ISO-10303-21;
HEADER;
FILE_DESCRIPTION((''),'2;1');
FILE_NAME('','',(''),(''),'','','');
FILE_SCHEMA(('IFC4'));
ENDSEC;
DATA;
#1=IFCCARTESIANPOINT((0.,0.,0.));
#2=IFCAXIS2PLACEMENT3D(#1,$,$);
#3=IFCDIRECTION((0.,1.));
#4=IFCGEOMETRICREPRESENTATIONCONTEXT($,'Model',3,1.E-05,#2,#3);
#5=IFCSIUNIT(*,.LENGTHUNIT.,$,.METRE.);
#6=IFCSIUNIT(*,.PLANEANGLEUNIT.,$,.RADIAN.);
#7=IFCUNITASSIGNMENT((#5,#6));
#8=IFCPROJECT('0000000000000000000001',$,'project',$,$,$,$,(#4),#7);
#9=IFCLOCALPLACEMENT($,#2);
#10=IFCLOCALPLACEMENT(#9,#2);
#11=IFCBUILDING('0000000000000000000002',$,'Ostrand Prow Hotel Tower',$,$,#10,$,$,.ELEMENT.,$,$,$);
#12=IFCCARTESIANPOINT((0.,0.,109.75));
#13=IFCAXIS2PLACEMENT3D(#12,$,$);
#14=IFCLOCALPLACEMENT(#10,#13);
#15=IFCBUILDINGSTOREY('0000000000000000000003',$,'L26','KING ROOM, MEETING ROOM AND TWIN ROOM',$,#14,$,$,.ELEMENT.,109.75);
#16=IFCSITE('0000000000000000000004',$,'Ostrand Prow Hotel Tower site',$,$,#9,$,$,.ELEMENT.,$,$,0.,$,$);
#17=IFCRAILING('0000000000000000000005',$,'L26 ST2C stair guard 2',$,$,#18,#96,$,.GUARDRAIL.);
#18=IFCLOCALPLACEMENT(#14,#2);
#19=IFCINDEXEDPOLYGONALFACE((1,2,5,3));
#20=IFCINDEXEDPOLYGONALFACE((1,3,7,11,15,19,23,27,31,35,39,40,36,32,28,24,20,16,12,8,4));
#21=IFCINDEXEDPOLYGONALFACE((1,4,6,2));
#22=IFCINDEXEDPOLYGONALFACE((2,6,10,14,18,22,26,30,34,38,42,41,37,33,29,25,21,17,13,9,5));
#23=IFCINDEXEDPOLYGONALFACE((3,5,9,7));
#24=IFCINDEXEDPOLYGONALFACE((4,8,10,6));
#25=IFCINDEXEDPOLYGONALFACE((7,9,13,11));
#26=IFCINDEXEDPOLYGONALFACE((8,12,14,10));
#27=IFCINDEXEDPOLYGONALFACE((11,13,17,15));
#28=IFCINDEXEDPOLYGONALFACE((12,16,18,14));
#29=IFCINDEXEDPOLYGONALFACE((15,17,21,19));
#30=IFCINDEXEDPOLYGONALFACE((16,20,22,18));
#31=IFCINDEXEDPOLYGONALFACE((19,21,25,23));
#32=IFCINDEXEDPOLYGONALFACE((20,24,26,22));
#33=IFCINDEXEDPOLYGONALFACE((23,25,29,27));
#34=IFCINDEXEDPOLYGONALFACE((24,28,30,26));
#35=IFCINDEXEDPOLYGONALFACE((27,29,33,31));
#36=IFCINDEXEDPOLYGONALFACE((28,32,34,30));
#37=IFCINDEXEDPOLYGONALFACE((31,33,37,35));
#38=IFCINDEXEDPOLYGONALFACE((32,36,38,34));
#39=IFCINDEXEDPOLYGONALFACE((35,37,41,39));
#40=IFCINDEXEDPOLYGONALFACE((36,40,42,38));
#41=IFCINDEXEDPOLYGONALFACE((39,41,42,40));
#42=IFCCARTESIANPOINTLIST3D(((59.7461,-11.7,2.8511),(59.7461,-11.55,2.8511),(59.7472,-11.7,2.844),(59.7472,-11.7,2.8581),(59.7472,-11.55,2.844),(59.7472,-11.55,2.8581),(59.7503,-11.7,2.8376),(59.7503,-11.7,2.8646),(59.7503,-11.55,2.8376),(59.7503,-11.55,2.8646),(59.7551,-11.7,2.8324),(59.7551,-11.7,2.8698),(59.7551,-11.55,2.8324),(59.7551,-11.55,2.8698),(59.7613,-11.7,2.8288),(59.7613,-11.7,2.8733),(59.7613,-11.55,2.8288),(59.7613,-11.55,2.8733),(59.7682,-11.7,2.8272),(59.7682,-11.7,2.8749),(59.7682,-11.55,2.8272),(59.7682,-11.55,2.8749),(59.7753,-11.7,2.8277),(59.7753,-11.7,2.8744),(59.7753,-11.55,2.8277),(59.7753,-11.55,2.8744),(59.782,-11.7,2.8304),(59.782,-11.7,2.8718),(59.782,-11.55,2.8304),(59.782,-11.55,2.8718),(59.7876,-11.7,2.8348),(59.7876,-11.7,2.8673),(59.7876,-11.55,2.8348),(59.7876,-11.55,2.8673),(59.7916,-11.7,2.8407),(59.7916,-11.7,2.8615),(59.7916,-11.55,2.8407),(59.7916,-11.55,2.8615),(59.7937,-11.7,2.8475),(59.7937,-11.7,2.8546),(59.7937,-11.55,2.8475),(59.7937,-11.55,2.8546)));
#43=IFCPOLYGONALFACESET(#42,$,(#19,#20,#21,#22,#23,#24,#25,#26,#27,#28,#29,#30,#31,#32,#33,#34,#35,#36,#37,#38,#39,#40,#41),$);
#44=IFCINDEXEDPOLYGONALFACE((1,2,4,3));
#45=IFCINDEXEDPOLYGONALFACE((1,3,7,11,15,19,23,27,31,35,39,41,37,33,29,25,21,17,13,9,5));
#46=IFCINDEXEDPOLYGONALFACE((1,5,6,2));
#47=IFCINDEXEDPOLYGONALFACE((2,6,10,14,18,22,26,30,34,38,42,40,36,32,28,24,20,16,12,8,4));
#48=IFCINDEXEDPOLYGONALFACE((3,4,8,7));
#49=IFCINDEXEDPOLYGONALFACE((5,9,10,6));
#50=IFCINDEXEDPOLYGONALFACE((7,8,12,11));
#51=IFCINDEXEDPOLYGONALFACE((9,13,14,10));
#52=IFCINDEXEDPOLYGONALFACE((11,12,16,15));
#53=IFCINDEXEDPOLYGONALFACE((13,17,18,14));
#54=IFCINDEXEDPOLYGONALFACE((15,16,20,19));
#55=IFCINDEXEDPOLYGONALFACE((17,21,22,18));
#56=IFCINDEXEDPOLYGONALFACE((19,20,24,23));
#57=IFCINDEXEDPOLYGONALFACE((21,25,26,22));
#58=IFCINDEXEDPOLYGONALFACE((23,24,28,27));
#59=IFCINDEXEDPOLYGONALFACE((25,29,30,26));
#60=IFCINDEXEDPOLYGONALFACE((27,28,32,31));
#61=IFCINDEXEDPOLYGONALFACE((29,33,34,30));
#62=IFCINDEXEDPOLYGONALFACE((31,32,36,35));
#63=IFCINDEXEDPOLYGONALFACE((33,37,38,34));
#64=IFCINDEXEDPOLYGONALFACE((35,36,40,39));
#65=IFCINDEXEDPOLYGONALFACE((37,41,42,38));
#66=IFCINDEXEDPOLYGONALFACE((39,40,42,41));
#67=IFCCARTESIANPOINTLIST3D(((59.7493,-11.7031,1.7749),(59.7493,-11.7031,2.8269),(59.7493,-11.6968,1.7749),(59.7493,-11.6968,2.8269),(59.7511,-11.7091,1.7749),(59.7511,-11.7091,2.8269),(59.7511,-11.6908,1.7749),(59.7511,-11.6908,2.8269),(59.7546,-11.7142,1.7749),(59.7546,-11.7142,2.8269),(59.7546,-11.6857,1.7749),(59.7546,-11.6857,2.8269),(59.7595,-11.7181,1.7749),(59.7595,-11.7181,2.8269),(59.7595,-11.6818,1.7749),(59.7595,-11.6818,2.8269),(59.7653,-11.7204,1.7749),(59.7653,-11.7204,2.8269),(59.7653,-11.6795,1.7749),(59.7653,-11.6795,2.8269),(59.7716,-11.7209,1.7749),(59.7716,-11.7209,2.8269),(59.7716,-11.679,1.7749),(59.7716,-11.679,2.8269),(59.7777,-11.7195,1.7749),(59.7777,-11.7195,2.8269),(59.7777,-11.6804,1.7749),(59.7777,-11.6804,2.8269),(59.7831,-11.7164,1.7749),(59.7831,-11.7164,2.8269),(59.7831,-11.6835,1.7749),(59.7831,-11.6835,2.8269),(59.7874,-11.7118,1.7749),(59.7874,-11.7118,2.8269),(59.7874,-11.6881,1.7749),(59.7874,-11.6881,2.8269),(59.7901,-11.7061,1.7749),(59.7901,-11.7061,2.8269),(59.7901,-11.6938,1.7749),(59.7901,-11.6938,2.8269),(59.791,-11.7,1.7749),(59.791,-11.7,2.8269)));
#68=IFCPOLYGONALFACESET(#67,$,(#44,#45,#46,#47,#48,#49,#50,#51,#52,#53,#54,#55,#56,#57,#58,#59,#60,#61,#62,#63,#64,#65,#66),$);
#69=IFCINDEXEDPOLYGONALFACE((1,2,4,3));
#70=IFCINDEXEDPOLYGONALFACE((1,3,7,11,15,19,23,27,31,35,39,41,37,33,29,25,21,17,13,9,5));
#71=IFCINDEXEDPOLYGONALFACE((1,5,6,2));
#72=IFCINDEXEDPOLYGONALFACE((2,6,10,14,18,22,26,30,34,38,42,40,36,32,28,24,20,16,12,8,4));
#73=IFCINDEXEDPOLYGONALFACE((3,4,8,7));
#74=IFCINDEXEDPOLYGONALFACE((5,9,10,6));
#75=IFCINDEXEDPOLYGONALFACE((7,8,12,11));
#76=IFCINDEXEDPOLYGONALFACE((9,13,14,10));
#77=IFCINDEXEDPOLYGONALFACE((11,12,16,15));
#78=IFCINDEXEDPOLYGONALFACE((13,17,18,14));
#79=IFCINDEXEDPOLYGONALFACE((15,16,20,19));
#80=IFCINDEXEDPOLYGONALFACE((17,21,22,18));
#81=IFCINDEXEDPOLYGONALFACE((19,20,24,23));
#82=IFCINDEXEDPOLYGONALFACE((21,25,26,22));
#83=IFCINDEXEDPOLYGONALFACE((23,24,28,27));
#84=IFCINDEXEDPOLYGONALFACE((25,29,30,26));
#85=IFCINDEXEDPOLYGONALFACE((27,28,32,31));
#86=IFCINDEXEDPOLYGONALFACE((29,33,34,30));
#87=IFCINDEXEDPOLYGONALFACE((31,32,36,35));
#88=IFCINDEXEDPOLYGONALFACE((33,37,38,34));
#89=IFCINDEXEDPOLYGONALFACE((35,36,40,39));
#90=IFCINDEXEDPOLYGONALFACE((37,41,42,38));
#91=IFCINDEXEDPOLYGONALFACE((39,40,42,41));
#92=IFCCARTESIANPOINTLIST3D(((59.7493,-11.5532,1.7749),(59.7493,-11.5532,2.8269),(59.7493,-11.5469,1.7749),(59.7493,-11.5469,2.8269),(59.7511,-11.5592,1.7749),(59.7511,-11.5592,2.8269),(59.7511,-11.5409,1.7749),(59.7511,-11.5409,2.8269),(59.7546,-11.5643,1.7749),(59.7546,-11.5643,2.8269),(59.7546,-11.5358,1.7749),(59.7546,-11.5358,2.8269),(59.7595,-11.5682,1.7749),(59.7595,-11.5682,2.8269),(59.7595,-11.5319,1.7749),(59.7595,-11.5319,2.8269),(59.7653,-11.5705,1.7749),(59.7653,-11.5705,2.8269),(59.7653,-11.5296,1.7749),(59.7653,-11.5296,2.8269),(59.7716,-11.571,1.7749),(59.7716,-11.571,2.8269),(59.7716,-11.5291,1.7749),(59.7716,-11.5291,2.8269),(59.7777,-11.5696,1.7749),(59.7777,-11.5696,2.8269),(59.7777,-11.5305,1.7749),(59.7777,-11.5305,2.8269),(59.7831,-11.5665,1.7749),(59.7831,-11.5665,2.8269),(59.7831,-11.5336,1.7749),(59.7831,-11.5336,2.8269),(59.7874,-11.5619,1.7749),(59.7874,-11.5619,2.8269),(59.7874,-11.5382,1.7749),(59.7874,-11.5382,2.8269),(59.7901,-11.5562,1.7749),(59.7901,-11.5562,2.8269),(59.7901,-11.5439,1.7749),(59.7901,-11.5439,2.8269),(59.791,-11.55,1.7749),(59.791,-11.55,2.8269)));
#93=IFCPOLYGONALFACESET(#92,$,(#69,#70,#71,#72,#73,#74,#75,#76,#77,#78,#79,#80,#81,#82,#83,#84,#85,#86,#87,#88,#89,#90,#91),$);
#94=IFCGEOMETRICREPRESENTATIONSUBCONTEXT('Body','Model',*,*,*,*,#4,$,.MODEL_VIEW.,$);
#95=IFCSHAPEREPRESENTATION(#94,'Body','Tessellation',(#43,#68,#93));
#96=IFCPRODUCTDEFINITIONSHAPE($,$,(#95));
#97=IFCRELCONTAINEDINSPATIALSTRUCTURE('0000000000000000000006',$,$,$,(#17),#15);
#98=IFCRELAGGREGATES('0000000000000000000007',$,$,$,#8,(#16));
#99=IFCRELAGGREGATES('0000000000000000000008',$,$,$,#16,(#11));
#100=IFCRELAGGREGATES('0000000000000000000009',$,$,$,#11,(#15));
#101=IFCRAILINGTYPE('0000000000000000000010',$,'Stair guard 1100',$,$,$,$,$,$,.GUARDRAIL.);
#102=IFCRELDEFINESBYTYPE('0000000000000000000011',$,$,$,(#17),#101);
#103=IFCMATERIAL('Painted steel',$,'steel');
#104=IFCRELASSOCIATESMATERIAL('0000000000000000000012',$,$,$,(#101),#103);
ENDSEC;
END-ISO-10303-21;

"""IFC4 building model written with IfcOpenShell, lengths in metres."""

from ifc_helpers import new_model, si_unit, direction, frame, origin, origin_2d, place, context, subcontext, project, spatial, circle, extrude, material, type_object, element, save


model = new_model("IFC4")

# Units and contexts
model_context = context("Model", 3, precision=1e-05, world=origin(), true_north=direction((0.0, 1.0)))
body_context = subcontext(model_context, "Body", "Model", "MODEL_VIEW")
ifc_project = project(units=[si_unit("LENGTHUNIT", "METRE"), si_unit("PLANEANGLEUNIT", "RADIAN")], contexts=[model_context])

# Site, building, storey
site_placement = place(None, origin())
site = spatial("IfcSite", under=ifc_project, at=site_placement, Name="Ostrand Prow Hotel Tower site", CompositionType="ELEMENT", RefElevation=0.0)
building_placement = place(site_placement, origin())
building = spatial("IfcBuilding", under=site, at=building_placement, Name="Ostrand Prow Hotel Tower", CompositionType="ELEMENT")
storey_placement = place(building_placement, frame((0.0, 0.0, 109.75)))
storey = spatial("IfcBuildingStorey", under=building, at=storey_placement, Name="L26", Description="KING ROOM, MEETING ROOM AND TWIN ROOM", CompositionType="ELEMENT", Elevation=109.75)

# Railing
ifc_material_1 = material(Name="Painted steel", Category="steel")
railing_type_1 = type_object("IfcRailingType", Name="Stair guard 1100", PredefinedType="GUARDRAIL", material=ifc_material_1)
railing_1_placement = place(storey_placement, frame((59.77, -11.7, 1.7749)))
element("IfcRailing", 1, at=railing_1_placement, inside=storey, type_object=railing_type_1, Name="L26 ST2C stair guard 2", PredefinedType="GUARDRAIL", context=body_context, shape_type="SweptSolid", body=[
    extrude(circle(Radius=0.0239, at=origin_2d()), frame((0.0, 0.0, 1.0762), z_axis=(0.0, 1.0, 0.0), x_axis=(-1.0, 0.0, 0.0)), (0.0, 0.0, 1.0), 0.1499),
    extrude(circle(Radius=0.021, at=origin_2d()), origin(), (0.0, 0.0, 1.0), 1.052),
    extrude(circle(Radius=0.021, at=origin_2d()), frame((0.0, 0.1499, 0.0)), (0.0, 0.0, 1.0), 1.052),
])

save(model, "model.ifc")
